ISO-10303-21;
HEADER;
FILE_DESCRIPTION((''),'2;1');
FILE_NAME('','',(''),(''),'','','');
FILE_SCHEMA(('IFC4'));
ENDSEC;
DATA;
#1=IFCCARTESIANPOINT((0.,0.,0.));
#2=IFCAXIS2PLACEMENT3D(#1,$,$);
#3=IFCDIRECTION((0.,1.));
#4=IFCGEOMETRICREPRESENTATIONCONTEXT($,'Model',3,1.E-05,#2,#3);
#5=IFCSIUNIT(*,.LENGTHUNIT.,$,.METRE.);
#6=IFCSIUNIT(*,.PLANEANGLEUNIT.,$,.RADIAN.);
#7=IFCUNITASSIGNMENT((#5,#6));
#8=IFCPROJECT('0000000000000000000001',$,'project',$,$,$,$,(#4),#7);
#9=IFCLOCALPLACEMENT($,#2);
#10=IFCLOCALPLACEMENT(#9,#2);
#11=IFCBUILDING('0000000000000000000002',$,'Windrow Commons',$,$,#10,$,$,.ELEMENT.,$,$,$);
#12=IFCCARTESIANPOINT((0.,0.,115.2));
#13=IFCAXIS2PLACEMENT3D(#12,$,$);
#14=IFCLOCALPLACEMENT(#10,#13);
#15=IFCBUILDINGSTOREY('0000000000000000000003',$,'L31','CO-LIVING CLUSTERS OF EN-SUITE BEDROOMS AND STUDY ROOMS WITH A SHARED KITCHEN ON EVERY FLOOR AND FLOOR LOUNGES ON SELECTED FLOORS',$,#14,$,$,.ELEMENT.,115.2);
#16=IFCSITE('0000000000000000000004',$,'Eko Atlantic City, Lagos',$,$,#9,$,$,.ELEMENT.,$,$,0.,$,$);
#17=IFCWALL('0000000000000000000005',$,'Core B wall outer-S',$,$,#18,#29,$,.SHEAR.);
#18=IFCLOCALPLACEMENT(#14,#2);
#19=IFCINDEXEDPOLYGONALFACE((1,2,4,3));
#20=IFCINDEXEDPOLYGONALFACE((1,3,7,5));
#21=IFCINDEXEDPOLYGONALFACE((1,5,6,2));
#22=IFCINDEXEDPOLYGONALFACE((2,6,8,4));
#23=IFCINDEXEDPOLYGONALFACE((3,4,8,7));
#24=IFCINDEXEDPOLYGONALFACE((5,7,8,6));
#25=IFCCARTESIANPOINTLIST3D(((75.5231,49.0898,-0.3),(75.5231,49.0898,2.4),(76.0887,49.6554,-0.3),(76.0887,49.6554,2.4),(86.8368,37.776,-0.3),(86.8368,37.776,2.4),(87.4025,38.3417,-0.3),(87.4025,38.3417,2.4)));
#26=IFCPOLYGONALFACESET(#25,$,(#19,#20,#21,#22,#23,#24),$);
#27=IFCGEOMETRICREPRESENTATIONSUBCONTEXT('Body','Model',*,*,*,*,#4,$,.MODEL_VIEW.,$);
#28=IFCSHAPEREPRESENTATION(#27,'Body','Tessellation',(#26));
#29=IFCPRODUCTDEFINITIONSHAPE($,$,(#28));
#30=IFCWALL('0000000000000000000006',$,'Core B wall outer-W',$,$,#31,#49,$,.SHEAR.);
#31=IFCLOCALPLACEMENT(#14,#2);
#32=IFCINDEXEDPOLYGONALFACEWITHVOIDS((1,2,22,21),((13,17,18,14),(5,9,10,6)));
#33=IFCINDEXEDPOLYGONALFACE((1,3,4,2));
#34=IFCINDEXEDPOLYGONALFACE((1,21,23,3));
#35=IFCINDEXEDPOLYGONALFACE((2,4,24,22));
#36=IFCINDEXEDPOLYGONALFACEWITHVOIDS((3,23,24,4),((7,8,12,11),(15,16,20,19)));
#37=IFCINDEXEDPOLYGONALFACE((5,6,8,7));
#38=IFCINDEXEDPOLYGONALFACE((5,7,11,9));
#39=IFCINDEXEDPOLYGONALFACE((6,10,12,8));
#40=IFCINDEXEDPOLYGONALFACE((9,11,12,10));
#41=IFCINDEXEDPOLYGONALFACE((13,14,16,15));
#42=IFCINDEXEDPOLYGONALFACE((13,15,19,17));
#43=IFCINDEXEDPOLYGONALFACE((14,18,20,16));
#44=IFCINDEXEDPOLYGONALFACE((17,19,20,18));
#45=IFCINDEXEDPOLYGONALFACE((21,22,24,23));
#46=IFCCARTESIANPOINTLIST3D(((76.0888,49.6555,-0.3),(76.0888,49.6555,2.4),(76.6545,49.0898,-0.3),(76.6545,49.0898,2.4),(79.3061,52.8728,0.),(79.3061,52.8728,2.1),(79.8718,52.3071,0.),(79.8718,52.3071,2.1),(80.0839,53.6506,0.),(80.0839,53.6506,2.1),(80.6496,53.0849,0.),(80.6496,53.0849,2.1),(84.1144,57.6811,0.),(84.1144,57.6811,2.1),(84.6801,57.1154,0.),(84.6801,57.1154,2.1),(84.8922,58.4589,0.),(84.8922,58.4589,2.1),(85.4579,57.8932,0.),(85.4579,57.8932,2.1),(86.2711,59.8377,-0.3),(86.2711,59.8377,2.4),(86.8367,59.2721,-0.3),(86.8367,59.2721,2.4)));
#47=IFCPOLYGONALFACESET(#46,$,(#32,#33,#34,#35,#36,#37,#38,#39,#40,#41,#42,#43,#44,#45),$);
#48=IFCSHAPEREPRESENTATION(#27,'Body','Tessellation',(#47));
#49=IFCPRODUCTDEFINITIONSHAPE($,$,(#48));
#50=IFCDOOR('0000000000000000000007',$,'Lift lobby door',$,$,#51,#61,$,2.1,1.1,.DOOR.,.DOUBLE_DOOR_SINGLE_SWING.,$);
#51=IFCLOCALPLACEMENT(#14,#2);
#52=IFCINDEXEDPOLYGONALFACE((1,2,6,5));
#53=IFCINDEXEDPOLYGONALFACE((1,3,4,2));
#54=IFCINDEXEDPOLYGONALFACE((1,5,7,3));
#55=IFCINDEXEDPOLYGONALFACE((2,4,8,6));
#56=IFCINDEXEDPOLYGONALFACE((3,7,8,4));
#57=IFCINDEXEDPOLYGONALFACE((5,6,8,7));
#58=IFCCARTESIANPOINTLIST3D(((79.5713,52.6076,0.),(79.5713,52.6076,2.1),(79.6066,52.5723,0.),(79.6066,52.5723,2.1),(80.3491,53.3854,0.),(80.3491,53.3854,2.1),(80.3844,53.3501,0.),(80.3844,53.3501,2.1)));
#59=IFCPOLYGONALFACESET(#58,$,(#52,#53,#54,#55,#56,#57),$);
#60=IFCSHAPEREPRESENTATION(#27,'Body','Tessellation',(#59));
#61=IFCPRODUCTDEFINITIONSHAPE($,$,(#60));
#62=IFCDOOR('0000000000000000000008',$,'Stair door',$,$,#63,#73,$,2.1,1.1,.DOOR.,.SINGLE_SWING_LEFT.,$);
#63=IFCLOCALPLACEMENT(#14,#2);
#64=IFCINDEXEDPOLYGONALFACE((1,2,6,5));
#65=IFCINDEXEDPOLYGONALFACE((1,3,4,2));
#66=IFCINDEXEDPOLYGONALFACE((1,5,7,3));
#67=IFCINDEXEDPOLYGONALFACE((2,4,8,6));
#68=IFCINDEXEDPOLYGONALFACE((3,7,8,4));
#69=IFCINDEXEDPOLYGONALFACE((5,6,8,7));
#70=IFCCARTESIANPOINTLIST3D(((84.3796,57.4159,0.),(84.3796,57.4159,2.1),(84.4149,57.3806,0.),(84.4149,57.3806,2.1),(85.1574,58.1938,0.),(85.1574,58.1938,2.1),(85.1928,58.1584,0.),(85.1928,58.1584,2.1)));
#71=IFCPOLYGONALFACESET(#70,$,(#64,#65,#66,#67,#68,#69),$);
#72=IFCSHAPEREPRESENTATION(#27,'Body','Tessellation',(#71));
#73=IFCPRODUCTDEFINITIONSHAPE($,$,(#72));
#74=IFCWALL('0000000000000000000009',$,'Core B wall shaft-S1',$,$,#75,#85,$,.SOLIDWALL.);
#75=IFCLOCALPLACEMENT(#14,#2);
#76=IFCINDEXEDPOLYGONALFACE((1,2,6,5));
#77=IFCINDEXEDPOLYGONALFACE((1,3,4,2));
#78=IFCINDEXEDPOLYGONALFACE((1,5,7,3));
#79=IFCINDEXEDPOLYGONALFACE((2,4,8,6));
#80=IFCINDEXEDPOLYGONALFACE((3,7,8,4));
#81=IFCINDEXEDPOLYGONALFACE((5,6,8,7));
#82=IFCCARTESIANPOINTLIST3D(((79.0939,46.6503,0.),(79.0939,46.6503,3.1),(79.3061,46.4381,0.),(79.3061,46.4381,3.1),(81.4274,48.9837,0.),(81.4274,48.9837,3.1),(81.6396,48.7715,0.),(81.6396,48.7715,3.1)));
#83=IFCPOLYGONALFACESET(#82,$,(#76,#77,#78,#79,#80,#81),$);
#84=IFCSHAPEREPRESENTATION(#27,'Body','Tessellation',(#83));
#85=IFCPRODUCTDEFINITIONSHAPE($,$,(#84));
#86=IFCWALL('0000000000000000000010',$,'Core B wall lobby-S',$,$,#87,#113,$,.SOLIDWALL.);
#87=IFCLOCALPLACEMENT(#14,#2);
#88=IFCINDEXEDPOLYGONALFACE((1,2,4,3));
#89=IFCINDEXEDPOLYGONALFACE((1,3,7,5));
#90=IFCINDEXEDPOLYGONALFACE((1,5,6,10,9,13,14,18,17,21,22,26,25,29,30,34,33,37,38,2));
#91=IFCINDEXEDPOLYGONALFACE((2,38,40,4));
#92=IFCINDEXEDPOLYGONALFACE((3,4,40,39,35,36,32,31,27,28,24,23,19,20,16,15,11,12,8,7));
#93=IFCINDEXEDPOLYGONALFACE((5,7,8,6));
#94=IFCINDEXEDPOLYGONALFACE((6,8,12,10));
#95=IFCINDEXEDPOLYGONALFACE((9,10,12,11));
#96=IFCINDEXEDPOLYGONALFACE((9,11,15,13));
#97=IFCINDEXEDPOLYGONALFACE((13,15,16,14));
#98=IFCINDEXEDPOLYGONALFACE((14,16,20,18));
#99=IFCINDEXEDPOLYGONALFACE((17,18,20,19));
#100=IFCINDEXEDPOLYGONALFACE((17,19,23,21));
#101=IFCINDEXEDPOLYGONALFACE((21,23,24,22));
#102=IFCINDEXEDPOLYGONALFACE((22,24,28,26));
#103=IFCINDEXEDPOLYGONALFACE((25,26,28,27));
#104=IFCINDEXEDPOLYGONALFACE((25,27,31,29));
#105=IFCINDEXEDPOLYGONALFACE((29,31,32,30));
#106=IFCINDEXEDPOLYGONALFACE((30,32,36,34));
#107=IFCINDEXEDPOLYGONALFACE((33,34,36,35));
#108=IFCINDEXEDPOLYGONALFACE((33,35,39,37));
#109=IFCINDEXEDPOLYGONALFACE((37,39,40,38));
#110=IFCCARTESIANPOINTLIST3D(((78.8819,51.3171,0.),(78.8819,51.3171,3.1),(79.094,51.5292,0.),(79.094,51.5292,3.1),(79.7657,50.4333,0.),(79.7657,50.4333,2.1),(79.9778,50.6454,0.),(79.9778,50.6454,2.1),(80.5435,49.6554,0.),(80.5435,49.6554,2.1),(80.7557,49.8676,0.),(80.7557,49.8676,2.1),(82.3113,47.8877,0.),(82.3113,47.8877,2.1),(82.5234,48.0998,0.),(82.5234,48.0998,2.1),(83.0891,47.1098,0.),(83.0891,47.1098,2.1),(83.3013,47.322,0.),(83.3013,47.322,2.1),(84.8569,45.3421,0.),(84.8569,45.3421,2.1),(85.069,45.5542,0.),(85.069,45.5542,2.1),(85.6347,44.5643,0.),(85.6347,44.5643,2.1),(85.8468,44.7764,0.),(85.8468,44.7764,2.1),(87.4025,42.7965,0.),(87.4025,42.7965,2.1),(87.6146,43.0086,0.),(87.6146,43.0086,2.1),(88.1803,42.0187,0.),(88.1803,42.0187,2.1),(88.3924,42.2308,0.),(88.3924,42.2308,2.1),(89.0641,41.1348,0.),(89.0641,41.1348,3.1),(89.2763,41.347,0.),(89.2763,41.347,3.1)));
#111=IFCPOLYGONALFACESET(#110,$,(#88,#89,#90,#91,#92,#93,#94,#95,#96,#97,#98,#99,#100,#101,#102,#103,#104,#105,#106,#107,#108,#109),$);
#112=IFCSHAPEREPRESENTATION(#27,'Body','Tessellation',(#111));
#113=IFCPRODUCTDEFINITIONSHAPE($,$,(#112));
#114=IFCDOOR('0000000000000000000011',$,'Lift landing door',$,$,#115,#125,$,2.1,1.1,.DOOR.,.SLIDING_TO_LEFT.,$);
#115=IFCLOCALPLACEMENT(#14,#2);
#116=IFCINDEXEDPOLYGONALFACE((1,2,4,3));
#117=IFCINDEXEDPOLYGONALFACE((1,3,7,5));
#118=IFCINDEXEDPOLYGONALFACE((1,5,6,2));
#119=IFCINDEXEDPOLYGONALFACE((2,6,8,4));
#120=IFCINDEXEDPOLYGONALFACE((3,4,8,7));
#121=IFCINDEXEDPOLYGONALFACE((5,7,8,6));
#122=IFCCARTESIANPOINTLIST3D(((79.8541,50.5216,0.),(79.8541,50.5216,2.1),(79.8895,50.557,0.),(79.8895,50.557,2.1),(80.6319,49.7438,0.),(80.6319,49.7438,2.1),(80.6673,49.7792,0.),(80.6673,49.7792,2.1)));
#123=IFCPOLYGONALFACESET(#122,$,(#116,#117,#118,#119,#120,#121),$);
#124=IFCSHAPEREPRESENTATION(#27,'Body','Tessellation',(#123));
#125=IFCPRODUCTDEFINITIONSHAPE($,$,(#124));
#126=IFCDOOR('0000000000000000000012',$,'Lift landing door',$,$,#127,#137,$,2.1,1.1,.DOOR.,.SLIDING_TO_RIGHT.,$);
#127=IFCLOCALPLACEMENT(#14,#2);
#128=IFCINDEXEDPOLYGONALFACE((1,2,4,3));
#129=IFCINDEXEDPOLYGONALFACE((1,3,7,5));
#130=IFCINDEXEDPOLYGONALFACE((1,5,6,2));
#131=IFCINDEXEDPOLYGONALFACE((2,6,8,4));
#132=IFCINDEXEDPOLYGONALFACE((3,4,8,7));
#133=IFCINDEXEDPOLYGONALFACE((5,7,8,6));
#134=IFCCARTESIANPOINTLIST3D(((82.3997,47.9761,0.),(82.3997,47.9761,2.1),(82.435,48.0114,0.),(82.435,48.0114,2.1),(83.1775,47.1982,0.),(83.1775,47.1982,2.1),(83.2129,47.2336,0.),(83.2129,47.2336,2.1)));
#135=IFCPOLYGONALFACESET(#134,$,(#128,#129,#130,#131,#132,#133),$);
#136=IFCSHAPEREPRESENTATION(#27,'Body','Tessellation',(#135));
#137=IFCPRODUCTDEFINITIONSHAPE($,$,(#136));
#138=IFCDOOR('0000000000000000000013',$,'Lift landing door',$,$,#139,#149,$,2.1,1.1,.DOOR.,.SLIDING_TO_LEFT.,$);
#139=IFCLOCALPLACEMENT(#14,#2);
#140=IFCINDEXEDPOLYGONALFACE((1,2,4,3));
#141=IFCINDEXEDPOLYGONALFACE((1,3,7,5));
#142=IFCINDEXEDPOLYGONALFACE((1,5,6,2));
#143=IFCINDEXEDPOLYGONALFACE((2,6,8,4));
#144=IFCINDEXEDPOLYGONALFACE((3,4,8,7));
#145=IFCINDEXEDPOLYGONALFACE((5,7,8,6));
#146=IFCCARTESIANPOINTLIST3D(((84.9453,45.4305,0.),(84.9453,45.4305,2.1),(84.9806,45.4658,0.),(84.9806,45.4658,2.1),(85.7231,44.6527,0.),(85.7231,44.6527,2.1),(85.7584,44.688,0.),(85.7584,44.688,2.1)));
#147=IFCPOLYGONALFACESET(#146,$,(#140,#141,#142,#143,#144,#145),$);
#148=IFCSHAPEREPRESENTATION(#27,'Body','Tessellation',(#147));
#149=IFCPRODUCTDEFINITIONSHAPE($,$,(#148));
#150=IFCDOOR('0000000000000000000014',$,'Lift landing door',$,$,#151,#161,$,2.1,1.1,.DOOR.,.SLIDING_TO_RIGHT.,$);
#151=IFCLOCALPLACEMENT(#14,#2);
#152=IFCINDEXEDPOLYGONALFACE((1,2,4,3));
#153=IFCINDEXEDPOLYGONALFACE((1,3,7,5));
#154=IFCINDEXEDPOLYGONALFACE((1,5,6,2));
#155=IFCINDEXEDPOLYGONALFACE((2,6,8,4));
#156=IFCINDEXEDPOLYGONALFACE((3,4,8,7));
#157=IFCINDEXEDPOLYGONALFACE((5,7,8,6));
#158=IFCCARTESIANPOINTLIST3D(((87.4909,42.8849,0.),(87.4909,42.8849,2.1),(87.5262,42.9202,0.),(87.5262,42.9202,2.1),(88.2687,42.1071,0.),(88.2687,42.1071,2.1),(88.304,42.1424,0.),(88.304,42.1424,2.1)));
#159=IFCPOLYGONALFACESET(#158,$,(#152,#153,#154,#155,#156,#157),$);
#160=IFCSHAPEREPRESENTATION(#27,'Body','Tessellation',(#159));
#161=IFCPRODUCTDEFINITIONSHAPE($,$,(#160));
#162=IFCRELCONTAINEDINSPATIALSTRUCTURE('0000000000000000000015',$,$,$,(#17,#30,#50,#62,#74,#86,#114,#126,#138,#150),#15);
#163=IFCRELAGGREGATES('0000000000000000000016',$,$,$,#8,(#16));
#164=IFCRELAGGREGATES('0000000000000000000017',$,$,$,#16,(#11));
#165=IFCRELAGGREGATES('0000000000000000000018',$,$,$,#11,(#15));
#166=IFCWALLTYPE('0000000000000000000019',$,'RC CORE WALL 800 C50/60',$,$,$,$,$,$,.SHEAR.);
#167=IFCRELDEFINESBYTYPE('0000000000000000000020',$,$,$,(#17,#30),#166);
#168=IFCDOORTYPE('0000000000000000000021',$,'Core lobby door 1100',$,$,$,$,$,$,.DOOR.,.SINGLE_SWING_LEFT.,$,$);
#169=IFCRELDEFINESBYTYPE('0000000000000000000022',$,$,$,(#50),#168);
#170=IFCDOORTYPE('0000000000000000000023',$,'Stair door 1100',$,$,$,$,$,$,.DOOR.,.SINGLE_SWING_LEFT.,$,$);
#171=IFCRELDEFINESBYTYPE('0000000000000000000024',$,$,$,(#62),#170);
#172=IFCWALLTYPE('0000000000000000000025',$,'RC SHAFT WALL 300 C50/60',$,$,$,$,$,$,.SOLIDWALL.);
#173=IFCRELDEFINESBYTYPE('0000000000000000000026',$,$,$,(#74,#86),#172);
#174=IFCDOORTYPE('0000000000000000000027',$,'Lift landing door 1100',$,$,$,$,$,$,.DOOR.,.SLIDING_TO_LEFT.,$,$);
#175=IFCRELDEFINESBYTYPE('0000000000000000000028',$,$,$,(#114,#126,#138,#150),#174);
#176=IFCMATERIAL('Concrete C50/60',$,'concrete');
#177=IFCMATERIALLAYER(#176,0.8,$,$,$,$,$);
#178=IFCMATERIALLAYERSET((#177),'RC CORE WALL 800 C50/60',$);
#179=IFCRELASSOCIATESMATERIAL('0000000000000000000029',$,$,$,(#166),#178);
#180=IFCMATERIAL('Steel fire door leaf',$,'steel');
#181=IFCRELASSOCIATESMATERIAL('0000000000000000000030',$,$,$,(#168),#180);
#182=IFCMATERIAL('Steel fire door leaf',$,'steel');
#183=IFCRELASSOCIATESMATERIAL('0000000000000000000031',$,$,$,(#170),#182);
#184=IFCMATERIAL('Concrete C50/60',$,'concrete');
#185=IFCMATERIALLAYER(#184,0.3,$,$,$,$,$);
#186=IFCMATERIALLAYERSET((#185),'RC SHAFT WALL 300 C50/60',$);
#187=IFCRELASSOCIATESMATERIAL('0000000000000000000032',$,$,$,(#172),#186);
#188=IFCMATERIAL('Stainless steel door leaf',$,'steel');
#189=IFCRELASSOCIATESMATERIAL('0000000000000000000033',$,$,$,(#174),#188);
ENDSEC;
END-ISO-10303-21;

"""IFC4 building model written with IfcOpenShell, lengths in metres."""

from ifc_helpers import new_model, si_unit, direction, frame, frame_2d, origin, place, context, subcontext, project, spatial, rectangle, extrude, material, layer, layer_set, type_object, element, fill, save


model = new_model("IFC4")

# Units and contexts
model_context = context("Model", 3, precision=1e-05, world=origin(), true_north=direction((0.0, 1.0)))
body_context = subcontext(model_context, "Body", "Model", "MODEL_VIEW")
ifc_project = project(units=[si_unit("LENGTHUNIT", "METRE"), si_unit("PLANEANGLEUNIT", "RADIAN")], contexts=[model_context])

# Site, building, storey
site_placement = place(None, origin())
site = spatial("IfcSite", under=ifc_project, at=site_placement, Name="Eko Atlantic City, Lagos", CompositionType="ELEMENT", RefElevation=0.0)
building_placement = place(site_placement, origin())
building = spatial("IfcBuilding", under=site, at=building_placement, Name="Windrow Commons", CompositionType="ELEMENT")
storey_placement = place(building_placement, frame((0.0, 0.0, 115.2)))
storey = spatial("IfcBuildingStorey", under=building, at=storey_placement, Name="L31", Description="CO-LIVING CLUSTERS OF EN-SUITE BEDROOMS AND STUDY ROOMS WITH A SHARED KITCHEN ON EVERY FLOOR AND FLOOR LOUNGES ON SELECTED FLOORS", CompositionType="ELEMENT", Elevation=115.2)

# Shared definitions
ifc_material_1 = material(Name="Concrete C50/60", Category="concrete")
ifc_layer_1 = layer(ifc_material_1, 0.8)
ifc_layer_set_1 = layer_set([ifc_layer_1], Name="RC CORE WALL 800 C50/60")
wall_type_1 = type_object("IfcWallType", Name="RC CORE WALL 800 C50/60", PredefinedType="SHEAR", material=ifc_layer_set_1)
ifc_material_2 = material(Name="Steel fire door leaf", Category="steel")
door_type_1 = type_object("IfcDoorType", Name="Core lobby door 1100", OperationType="SINGLE_SWING_LEFT", PredefinedType="DOOR", material=ifc_material_2)
ifc_material_3 = material(Name="Steel fire door leaf", Category="steel")
door_type_2 = type_object("IfcDoorType", Name="Stair door 1100", OperationType="SINGLE_SWING_LEFT", PredefinedType="DOOR", material=ifc_material_3)

# Wall
wall_1_placement = place(storey_placement, frame((75.8059, 49.3726, -0.3), z_axis=(0.0, 0.0, 1.0), x_axis=(0.707107, -0.707107, 0.0)))
element("IfcWall", 1, at=wall_1_placement, inside=storey, type_object=wall_type_1, Name="Core B wall outer-S", PredefinedType="SHEAR", context=body_context, shape_type="SweptSolid", body=[
    extrude(rectangle(XDim=16.0, YDim=0.8, at=frame_2d((8.0, 0.0))), origin(), (0.0, 0.0, 1.0), 2.7),
])

# Wall, openings, doors
wall_2_placement = place(storey_placement, frame((76.3716, 49.3726, -0.3), z_axis=(0.0, 0.0, 1.0), x_axis=(0.707107, 0.707107, 0.0)))
wall_2 = element("IfcWall", 2, at=wall_2_placement, inside=storey, type_object=wall_type_1, Name="Core B wall outer-W", PredefinedType="SHEAR", context=body_context, shape_type="SweptSolid", body=[
    extrude(rectangle(XDim=14.3999, YDim=0.8, at=frame_2d((7.2, 0.0))), origin(), (0.0, 0.0, 1.0), 2.7),
])
opening_1_placement = place(wall_2_placement, frame((4.55, 0.0, 0.3)))
opening_1 = element("IfcOpeningElement", 3, at=opening_1_placement, cuts=wall_2, PredefinedType="OPENING", context=body_context, shape_type="SweptSolid", body=[
    extrude(rectangle(XDim=1.1, YDim=2.1, at=frame_2d((0.55, 1.05))), frame((0.0, 0.41, 0.0), z_axis=(0.0, -1.0, 0.0), x_axis=(1.0, 0.0, 0.0)), (0.0, 0.0, 1.0), 0.82),
])
opening_2_placement = place(wall_2_placement, frame((11.35, 0.0, 0.3)))
opening_2 = element("IfcOpeningElement", 4, at=opening_2_placement, cuts=wall_2, PredefinedType="OPENING", context=body_context, shape_type="SweptSolid", body=[
    extrude(rectangle(XDim=1.1, YDim=2.1, at=frame_2d((0.55, 1.05))), frame((0.0, 0.41, 0.0), z_axis=(0.0, -1.0, 0.0), x_axis=(1.0, 0.0, 0.0)), (0.0, 0.0, 1.0), 0.82),
])
door_1_placement = place(opening_1_placement, origin())
door_1 = element("IfcDoor", 5, at=door_1_placement, inside=storey, type_object=door_type_1, Name="Lift lobby door", OperationType="DOUBLE_DOOR_SINGLE_SWING", OverallHeight=2.1, OverallWidth=1.1, PredefinedType="DOOR", context=body_context, shape_type="SweptSolid", body=[
    extrude(rectangle(XDim=1.1, YDim=2.1, at=frame_2d((0.55, 1.05))), frame((0.0, 0.025, 0.0), z_axis=(0.0, -1.0, 0.0), x_axis=(1.0, 0.0, 0.0)), (0.0, 0.0, 1.0), 0.05),
])
fill(opening_1, door_1)
door_2_placement = place(opening_2_placement, origin())
door_2 = element("IfcDoor", 6, at=door_2_placement, inside=storey, type_object=door_type_2, Name="Stair door", OperationType="SINGLE_SWING_LEFT", OverallHeight=2.1, OverallWidth=1.1, PredefinedType="DOOR", context=body_context, shape_type="SweptSolid", body=[
    extrude(rectangle(XDim=1.1, YDim=2.1, at=frame_2d((0.55, 1.05))), frame((0.0, 0.025, 0.0), z_axis=(0.0, -1.0, 0.0), x_axis=(1.0, 0.0, 0.0)), (0.0, 0.0, 1.0), 0.05),
])
fill(opening_2, door_2)

# Wall
ifc_material_4 = material(Name="Concrete C50/60", Category="concrete")
ifc_layer_2 = layer(ifc_material_4, 0.3)
ifc_layer_set_2 = layer_set([ifc_layer_2], Name="RC SHAFT WALL 300 C50/60")
wall_type_2 = type_object("IfcWallType", Name="RC SHAFT WALL 300 C50/60", PredefinedType="SOLIDWALL", material=ifc_layer_set_2)
wall_3_placement = place(storey_placement, frame((79.2, 46.5442, 0.0), z_axis=(0.0, 0.0, 1.0), x_axis=(0.707122, 0.707092, 0.0)))
element("IfcWall", 7, at=wall_3_placement, inside=storey, type_object=wall_type_2, Name="Core B wall shaft-S1", PredefinedType="SOLIDWALL", context=body_context, shape_type="SweptSolid", body=[
    extrude(rectangle(XDim=3.3, YDim=0.3, at=frame_2d((1.65, 0.0))), origin(), (0.0, 0.0, 1.0), 3.1),
])

# Wall, openings, doors
wall_4_placement = place(storey_placement, frame((78.9879, 51.4232, 0.0), z_axis=(0.0, 0.0, 1.0), x_axis=(0.707107, -0.707107, 0.0)))
wall_4 = element("IfcWall", 8, at=wall_4_placement, inside=storey, type_object=wall_type_2, Name="Core B wall lobby-S", PredefinedType="SOLIDWALL", context=body_context, shape_type="SweptSolid", body=[
    extrude(rectangle(XDim=14.3999, YDim=0.3, at=frame_2d((7.2, 0.0))), origin(), (0.0, 0.0, 1.0), 3.1),
])
opening_3_placement = place(wall_4_placement, frame((1.25, 0.0, 0.0)))
opening_3 = element("IfcOpeningElement", 9, at=opening_3_placement, cuts=wall_4, PredefinedType="OPENING", context=body_context, shape_type="SweptSolid", body=[
    extrude(rectangle(XDim=1.1, YDim=2.1, at=frame_2d((0.55, 1.05))), frame((0.0, 0.16, 0.0), z_axis=(0.0, -1.0, 0.0), x_axis=(1.0, 0.0, 0.0)), (0.0, 0.0, 1.0), 0.32),
])
opening_4_placement = place(wall_4_placement, frame((4.85, 0.0, 0.0)))
opening_4 = element("IfcOpeningElement", 10, at=opening_4_placement, cuts=wall_4, PredefinedType="OPENING", context=body_context, shape_type="SweptSolid", body=[
    extrude(rectangle(XDim=1.1, YDim=2.1, at=frame_2d((0.55, 1.05))), frame((0.0, 0.16, 0.0), z_axis=(0.0, -1.0, 0.0), x_axis=(1.0, 0.0, 0.0)), (0.0, 0.0, 1.0), 0.32),
])
opening_5_placement = place(wall_4_placement, frame((8.45, 0.0, 0.0)))
opening_5 = element("IfcOpeningElement", 11, at=opening_5_placement, cuts=wall_4, PredefinedType="OPENING", context=body_context, shape_type="SweptSolid", body=[
    extrude(rectangle(XDim=1.1, YDim=2.1, at=frame_2d((0.55, 1.05))), frame((0.0, 0.16, 0.0), z_axis=(0.0, -1.0, 0.0), x_axis=(1.0, 0.0, 0.0)), (0.0, 0.0, 1.0), 0.32),
])
opening_6_placement = place(wall_4_placement, frame((12.05, 0.0, 0.0)))
opening_6 = element("IfcOpeningElement", 12, at=opening_6_placement, cuts=wall_4, PredefinedType="OPENING", context=body_context, shape_type="SweptSolid", body=[
    extrude(rectangle(XDim=1.1, YDim=2.1, at=frame_2d((0.55, 1.05))), frame((0.0, 0.16, 0.0), z_axis=(0.0, -1.0, 0.0), x_axis=(1.0, 0.0, 0.0)), (0.0, 0.0, 1.0), 0.32),
])
ifc_material_5 = material(Name="Stainless steel door leaf", Category="steel")
door_type_3 = type_object("IfcDoorType", Name="Lift landing door 1100", OperationType="SLIDING_TO_LEFT", PredefinedType="DOOR", material=ifc_material_5)
door_3_placement = place(opening_3_placement, origin())
door_3 = element("IfcDoor", 13, at=door_3_placement, inside=storey, type_object=door_type_3, Name="Lift landing door", OperationType="SLIDING_TO_LEFT", OverallHeight=2.1, OverallWidth=1.1, PredefinedType="DOOR", context=body_context, shape_type="SweptSolid", body=[
    extrude(rectangle(XDim=1.1, YDim=2.1, at=frame_2d((0.55, 1.05))), frame((0.0, 0.025, 0.0), z_axis=(0.0, -1.0, 0.0), x_axis=(1.0, 0.0, 0.0)), (0.0, 0.0, 1.0), 0.05),
])
fill(opening_3, door_3)
door_4_placement = place(opening_4_placement, origin())
door_4 = element("IfcDoor", 14, at=door_4_placement, inside=storey, type_object=door_type_3, Name="Lift landing door", OperationType="SLIDING_TO_RIGHT", OverallHeight=2.1, OverallWidth=1.1, PredefinedType="DOOR", context=body_context, shape_type="SweptSolid", body=[
    extrude(rectangle(XDim=1.1, YDim=2.1, at=frame_2d((0.55, 1.05))), frame((0.0, 0.025, 0.0), z_axis=(0.0, -1.0, 0.0), x_axis=(1.0, 0.0, 0.0)), (0.0, 0.0, 1.0), 0.05),
])
fill(opening_4, door_4)
door_5_placement = place(opening_5_placement, origin())
door_5 = element("IfcDoor", 15, at=door_5_placement, inside=storey, type_object=door_type_3, Name="Lift landing door", OperationType="SLIDING_TO_LEFT", OverallHeight=2.1, OverallWidth=1.1, PredefinedType="DOOR", context=body_context, shape_type="SweptSolid", body=[
    extrude(rectangle(XDim=1.1, YDim=2.1, at=frame_2d((0.55, 1.05))), frame((0.0, 0.025, 0.0), z_axis=(0.0, -1.0, 0.0), x_axis=(1.0, 0.0, 0.0)), (0.0, 0.0, 1.0), 0.05),
])
fill(opening_5, door_5)
door_6_placement = place(opening_6_placement, origin())
door_6 = element("IfcDoor", 16, at=door_6_placement, inside=storey, type_object=door_type_3, Name="Lift landing door", OperationType="SLIDING_TO_RIGHT", OverallHeight=2.1, OverallWidth=1.1, PredefinedType="DOOR", context=body_context, shape_type="SweptSolid", body=[
    extrude(rectangle(XDim=1.1, YDim=2.1, at=frame_2d((0.55, 1.05))), frame((0.0, 0.025, 0.0), z_axis=(0.0, -1.0, 0.0), x_axis=(1.0, 0.0, 0.0)), (0.0, 0.0, 1.0), 0.05),
])
fill(opening_6, door_6)

save(model, "model.ifc")
